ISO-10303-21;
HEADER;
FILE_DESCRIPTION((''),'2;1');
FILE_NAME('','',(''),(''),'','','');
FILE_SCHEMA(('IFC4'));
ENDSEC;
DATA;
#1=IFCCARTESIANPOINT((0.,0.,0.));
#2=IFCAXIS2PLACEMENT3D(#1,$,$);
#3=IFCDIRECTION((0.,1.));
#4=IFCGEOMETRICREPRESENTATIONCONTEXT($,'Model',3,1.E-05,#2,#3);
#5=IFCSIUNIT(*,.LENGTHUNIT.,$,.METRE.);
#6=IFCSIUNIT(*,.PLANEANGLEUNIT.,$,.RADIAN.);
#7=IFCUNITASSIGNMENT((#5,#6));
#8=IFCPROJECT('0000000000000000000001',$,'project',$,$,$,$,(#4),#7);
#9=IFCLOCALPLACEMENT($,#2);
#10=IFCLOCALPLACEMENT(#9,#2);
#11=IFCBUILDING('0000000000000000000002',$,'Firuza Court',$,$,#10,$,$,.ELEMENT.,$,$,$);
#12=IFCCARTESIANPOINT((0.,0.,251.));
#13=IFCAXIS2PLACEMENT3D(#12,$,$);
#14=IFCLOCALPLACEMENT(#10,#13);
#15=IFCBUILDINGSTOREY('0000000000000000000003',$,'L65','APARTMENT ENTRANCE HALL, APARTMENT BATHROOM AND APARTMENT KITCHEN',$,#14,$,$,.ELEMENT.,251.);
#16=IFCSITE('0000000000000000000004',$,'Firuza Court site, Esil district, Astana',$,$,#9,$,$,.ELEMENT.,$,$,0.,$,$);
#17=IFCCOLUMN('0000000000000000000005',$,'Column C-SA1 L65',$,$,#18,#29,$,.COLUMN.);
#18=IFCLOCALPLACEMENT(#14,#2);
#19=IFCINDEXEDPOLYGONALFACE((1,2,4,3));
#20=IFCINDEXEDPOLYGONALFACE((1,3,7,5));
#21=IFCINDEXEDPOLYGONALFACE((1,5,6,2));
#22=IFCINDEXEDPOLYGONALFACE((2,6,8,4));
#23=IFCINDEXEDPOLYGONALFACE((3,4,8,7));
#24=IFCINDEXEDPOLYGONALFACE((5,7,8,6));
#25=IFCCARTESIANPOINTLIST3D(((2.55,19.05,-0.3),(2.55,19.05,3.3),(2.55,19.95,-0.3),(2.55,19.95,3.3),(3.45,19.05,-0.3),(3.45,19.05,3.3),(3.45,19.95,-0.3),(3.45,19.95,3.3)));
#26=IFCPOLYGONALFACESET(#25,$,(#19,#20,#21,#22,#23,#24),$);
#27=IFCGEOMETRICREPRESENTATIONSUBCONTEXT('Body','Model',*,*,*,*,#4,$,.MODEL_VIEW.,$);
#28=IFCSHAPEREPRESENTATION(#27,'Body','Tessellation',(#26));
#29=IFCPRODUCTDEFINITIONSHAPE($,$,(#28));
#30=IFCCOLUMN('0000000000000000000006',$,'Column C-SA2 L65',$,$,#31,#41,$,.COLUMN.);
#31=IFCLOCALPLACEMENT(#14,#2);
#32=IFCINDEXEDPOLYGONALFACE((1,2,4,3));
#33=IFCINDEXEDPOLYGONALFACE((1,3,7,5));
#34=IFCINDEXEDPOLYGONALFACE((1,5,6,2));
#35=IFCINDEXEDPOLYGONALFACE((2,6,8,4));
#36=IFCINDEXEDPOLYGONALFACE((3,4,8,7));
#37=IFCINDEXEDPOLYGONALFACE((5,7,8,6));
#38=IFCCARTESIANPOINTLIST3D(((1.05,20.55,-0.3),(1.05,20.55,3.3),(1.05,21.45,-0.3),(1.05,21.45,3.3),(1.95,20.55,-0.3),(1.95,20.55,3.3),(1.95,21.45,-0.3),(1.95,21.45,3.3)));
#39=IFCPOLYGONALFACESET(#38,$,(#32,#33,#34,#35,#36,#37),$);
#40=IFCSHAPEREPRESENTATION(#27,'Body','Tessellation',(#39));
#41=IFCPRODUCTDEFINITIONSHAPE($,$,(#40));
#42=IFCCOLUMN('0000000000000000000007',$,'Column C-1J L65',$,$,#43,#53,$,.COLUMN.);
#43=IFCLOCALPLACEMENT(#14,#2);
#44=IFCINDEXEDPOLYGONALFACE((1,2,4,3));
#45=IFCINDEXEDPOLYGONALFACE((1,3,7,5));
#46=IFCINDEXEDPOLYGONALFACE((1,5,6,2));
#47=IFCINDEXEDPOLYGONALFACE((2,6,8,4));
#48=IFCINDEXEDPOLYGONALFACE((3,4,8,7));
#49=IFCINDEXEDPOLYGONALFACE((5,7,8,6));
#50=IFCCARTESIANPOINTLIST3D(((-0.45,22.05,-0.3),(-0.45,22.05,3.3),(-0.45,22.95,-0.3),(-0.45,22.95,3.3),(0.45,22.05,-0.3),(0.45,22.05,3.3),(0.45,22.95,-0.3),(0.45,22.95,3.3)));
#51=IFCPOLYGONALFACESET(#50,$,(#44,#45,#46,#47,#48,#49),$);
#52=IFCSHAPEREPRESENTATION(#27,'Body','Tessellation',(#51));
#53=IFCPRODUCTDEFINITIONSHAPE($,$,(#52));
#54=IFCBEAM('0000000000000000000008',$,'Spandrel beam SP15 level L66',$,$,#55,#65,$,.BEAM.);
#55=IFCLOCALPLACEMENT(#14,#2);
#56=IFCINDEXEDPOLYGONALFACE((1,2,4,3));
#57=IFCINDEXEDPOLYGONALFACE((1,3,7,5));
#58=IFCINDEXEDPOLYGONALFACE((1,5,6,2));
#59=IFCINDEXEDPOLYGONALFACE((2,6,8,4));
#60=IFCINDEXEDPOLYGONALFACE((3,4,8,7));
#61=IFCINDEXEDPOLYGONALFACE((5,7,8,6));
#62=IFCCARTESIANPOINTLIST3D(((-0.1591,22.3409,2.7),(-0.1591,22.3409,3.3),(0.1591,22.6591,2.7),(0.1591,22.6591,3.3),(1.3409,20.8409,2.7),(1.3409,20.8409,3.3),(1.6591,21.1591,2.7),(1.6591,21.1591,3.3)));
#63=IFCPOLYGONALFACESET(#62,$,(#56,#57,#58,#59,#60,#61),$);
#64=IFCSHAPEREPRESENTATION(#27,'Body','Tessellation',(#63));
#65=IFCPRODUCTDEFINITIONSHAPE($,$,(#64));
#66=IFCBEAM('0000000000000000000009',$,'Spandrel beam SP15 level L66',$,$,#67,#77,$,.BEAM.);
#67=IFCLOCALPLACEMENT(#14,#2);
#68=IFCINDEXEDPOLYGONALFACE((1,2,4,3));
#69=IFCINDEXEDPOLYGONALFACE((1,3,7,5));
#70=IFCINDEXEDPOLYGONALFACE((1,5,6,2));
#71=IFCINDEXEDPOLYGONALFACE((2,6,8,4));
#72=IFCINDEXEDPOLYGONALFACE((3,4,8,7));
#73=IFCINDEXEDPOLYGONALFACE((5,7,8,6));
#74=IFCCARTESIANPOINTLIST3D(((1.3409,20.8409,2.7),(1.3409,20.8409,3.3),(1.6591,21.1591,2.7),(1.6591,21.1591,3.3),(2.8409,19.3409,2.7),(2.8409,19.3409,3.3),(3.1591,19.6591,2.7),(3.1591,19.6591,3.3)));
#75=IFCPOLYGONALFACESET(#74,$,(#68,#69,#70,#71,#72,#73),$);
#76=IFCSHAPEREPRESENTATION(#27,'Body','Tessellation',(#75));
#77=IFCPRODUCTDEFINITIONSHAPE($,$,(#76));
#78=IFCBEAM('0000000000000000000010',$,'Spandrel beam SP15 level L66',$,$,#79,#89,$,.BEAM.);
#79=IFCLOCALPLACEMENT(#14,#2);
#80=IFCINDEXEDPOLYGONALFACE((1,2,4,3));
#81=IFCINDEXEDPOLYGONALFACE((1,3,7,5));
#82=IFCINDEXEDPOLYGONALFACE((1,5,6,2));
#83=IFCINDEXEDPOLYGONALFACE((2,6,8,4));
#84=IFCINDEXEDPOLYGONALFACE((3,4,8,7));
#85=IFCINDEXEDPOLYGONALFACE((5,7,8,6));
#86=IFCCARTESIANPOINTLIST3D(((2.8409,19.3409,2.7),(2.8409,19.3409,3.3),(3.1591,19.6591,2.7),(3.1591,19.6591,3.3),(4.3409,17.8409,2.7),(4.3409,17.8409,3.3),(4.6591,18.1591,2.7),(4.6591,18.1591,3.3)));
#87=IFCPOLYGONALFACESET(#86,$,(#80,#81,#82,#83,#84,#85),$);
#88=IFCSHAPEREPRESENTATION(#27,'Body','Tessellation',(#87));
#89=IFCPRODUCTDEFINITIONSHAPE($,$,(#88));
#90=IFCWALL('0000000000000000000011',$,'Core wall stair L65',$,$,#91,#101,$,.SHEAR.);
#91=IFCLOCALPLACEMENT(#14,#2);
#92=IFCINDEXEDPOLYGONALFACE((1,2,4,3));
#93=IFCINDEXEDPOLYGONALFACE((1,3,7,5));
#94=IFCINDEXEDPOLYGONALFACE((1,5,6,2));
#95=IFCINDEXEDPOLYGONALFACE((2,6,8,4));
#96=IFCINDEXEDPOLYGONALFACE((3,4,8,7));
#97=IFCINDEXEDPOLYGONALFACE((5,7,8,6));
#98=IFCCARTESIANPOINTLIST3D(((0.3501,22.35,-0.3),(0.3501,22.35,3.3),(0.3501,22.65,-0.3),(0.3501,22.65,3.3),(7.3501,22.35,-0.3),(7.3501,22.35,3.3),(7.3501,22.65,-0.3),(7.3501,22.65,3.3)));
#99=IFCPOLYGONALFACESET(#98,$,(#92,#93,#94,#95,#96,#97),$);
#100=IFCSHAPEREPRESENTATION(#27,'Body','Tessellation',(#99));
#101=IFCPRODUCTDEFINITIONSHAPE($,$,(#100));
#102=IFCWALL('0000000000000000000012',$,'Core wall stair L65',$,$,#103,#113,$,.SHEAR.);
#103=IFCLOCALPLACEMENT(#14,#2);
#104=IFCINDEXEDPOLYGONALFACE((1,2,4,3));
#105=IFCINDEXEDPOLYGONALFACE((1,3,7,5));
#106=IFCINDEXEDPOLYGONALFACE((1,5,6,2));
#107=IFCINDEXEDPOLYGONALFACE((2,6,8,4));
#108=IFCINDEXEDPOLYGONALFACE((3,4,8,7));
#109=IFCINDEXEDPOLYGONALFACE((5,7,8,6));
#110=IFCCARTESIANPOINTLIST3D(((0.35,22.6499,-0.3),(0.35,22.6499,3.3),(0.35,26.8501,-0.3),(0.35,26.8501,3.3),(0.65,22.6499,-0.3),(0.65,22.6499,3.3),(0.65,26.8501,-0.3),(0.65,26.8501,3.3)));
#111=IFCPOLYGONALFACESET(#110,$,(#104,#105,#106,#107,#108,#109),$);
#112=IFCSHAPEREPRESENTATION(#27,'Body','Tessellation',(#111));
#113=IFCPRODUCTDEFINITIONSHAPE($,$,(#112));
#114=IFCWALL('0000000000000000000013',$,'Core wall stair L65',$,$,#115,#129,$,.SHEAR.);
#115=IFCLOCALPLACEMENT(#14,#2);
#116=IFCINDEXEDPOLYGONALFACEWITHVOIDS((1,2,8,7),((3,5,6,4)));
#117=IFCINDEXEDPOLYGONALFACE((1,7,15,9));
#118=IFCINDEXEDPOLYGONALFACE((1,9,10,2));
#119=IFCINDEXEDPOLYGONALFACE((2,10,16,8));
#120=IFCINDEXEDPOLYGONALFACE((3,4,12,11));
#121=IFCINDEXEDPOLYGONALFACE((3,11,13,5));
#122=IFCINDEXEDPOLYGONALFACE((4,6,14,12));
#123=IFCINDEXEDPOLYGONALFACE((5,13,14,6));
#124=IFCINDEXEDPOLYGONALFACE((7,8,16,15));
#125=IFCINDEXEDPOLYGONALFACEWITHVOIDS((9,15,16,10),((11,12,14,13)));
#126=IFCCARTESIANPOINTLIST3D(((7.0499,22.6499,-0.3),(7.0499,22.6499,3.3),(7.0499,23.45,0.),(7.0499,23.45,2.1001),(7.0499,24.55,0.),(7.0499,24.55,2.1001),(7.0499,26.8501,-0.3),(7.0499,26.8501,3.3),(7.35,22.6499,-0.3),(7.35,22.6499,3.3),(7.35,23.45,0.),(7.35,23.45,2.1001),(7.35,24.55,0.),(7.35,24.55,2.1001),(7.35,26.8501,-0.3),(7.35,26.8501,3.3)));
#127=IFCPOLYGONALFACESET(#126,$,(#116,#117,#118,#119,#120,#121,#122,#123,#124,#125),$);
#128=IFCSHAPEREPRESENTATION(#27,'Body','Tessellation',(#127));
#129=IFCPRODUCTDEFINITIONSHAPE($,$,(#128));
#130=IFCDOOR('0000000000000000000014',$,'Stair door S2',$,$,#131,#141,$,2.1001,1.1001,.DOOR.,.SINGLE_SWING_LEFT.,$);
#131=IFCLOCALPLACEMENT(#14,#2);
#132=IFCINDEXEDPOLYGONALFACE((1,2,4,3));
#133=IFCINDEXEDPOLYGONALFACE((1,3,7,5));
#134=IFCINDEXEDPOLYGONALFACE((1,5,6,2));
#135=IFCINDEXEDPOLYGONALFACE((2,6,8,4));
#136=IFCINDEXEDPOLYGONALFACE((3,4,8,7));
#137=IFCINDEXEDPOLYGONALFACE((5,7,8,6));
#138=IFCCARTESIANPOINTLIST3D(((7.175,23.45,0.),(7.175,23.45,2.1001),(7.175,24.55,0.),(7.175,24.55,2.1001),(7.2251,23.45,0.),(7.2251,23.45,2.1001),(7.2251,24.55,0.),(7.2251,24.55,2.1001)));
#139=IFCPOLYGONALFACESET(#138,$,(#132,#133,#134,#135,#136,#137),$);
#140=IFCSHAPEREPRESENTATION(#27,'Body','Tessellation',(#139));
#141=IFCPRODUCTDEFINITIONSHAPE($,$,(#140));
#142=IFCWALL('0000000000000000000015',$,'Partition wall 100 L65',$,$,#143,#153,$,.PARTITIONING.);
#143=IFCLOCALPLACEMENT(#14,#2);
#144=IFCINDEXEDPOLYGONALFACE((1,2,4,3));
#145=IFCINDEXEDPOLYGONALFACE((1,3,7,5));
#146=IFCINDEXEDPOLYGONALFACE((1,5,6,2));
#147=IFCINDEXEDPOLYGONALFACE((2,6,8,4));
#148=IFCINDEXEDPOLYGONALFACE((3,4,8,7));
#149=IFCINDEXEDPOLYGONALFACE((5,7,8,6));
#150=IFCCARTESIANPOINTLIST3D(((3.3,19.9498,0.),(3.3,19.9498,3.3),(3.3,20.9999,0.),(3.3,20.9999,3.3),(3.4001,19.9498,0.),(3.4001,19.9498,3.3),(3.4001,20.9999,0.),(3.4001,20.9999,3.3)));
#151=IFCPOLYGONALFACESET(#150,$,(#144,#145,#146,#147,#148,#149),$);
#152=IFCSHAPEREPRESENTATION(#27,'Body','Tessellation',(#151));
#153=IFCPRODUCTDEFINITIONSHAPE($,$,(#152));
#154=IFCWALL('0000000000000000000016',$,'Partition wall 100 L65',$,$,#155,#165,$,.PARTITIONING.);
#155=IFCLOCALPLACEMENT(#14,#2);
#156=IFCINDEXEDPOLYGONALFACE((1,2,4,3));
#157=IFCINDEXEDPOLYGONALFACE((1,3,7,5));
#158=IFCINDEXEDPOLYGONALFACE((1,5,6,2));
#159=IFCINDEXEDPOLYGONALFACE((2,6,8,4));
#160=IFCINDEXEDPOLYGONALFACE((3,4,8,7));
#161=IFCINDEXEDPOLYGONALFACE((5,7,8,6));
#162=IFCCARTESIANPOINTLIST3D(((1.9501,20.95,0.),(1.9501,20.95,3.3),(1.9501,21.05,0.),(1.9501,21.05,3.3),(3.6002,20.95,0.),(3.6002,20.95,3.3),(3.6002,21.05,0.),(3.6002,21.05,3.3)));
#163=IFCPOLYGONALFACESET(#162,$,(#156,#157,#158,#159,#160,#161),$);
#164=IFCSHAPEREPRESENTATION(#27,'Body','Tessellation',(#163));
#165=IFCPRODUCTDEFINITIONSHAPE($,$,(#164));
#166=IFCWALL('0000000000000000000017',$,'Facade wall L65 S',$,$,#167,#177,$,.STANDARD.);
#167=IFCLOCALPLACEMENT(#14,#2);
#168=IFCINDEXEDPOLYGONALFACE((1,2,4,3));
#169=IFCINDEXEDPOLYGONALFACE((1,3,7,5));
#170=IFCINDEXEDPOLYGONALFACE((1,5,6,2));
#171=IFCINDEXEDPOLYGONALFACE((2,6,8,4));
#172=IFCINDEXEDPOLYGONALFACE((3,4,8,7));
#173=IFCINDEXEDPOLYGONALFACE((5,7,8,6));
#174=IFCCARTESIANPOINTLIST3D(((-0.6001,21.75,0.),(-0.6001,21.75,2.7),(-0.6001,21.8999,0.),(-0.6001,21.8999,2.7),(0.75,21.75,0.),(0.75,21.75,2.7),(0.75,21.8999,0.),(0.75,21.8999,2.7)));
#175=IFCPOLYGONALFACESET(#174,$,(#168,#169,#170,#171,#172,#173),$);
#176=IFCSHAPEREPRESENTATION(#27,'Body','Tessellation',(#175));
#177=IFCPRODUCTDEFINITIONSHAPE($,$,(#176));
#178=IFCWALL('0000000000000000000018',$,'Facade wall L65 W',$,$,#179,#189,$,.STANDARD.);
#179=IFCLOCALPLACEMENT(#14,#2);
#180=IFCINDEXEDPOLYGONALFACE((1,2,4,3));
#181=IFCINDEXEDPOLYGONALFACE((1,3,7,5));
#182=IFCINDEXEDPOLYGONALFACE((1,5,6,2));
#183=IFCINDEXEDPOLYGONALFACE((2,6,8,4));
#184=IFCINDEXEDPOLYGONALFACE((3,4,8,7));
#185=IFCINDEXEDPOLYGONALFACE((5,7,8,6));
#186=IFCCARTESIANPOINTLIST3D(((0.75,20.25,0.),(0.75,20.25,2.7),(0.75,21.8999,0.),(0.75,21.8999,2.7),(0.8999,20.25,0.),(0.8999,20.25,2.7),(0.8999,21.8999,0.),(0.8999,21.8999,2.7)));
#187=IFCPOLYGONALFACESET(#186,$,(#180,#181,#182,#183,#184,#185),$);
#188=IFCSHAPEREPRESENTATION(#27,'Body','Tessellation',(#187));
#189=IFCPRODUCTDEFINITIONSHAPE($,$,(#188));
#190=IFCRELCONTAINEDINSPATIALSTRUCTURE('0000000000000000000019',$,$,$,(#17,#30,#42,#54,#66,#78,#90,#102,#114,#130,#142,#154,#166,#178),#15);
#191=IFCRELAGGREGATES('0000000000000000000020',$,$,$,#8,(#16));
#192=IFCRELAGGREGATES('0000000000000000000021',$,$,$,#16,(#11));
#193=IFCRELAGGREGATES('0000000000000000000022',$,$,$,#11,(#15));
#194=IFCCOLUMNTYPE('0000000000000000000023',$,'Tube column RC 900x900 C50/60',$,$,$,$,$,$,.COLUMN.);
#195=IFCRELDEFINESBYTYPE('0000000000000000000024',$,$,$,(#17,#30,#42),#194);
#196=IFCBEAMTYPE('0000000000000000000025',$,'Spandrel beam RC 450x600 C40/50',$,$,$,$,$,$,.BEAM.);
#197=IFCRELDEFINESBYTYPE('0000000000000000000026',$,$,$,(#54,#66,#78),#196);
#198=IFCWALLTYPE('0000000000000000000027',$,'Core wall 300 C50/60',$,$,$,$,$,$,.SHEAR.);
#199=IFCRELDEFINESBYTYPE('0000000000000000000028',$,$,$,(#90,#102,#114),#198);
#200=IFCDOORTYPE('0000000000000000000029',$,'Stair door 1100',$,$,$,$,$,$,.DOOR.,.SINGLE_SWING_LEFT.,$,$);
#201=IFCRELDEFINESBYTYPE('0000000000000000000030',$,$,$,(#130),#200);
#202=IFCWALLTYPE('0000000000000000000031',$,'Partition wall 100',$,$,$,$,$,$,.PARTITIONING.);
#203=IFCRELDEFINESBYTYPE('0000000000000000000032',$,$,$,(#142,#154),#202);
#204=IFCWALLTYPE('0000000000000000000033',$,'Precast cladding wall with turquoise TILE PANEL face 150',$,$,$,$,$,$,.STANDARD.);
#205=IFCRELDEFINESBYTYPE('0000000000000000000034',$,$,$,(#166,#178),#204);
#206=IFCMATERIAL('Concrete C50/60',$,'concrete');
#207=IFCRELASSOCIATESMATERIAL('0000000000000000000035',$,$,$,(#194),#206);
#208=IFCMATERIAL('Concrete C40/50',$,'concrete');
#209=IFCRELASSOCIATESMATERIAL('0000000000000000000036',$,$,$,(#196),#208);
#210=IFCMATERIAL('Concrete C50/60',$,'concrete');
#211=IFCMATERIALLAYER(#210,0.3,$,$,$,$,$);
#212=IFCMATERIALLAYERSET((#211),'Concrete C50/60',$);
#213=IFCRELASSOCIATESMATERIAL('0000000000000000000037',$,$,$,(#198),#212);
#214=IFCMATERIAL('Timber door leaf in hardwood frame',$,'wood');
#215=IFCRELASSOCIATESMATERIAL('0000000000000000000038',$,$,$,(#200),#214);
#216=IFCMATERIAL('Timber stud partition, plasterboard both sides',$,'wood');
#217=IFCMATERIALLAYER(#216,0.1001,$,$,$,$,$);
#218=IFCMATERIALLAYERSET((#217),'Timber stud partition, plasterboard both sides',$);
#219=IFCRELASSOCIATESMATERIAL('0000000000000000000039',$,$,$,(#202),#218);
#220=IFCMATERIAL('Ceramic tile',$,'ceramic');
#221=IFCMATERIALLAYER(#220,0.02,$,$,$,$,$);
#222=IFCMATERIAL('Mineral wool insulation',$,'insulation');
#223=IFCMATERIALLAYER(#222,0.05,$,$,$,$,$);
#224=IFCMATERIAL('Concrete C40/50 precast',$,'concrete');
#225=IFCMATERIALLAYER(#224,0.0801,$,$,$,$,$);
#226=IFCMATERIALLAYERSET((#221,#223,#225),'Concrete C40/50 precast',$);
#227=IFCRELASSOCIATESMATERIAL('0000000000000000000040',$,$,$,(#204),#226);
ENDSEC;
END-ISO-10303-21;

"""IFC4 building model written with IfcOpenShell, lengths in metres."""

from ifc_helpers import new_model, si_unit, direction, frame, frame_2d, origin, origin_2d, place, context, subcontext, project, spatial, rectangle, extrude, material, layer, layer_set, material_profile, profile_set, type_object, element, fill, save


model = new_model("IFC4")

# Units and contexts
model_context = context("Model", 3, precision=1e-05, world=origin(), true_north=direction((0.0, 1.0)))
body_context = subcontext(model_context, "Body", "Model", "MODEL_VIEW")
ifc_project = project(units=[si_unit("LENGTHUNIT", "METRE"), si_unit("PLANEANGLEUNIT", "RADIAN")], contexts=[model_context])

# Site, building, storey
site_placement = place(None, origin())
site = spatial("IfcSite", under=ifc_project, at=site_placement, Name="Firuza Court site, Esil district, Astana", CompositionType="ELEMENT", RefElevation=0.0)
building_placement = place(site_placement, origin())
building = spatial("IfcBuilding", under=site, at=building_placement, Name="Firuza Court", CompositionType="ELEMENT")
storey_placement = place(building_placement, frame((0.0, 0.0, 251.0)))
storey = spatial("IfcBuildingStorey", under=building, at=storey_placement, Name="L65", Description="APARTMENT ENTRANCE HALL, APARTMENT BATHROOM AND APARTMENT KITCHEN", CompositionType="ELEMENT", Elevation=251.0)

# Columns
ifc_material_1 = material(Name="Concrete C50/60", Category="concrete")
ifc_material_profile_1 = material_profile(ifc_material_1, rectangle(XDim=0.8999, YDim=0.8999, at=origin_2d()), Name="RC 900x900")
ifc_profile_set_1 = profile_set([ifc_material_profile_1], Name="Concrete C50/60")
column_type = type_object("IfcColumnType", Name="Tube column RC 900x900 C50/60", PredefinedType="COLUMN", material=ifc_profile_set_1)
for number, where, z_axis, x_axis, name in (
    (1, (3.0, 19.5, -0.3), (0.0, 0.0, 1.0), (1.0, 0.0, 0.0), "Column C-SA1 L65"),
    (2, (1.5, 21.0, -0.3), (0.0, 0.0, 1.0), (1.0, 0.0, 0.0), "Column C-SA2 L65"),
    (3, (0.0, 22.5, -0.3), (0.0, 0.0, 1.0), (1.0, 0.0, 0.0), "Column C-1J L65"),
):
    element("IfcColumn", number, at=place(storey_placement, frame(where, z_axis=z_axis, x_axis=x_axis)), inside=storey, type_object=column_type, Name=name, PredefinedType="COLUMN", context=body_context, shape_type="SweptSolid", body=[
        extrude(rectangle(XDim=0.8999, YDim=0.8999, at=origin_2d()), origin(), (0.0, 0.0, 1.0), 3.6001),
    ])

# Beams
ifc_material_2 = material(Name="Concrete C40/50", Category="concrete")
ifc_material_profile_2 = material_profile(ifc_material_2, rectangle(XDim=0.45, YDim=0.6001, at=origin_2d()), Name="RC 450x600")
ifc_profile_set_2 = profile_set([ifc_material_profile_2], Name="Concrete C40/50")
beam_type = type_object("IfcBeamType", Name="Spandrel beam RC 450x600 C40/50", PredefinedType="BEAM", material=ifc_profile_set_2)
for number, where, z_axis, x_axis, name in (
    (4, (0.0, 22.5, 3.0), (0.707107, -0.707107, 0.0), (0.707107, 0.707107, 0.0), "Spandrel beam SP15 level L66"),
    (5, (1.5, 21.0, 3.0), (0.707107, -0.707107, 0.0), (0.707107, 0.707107, 0.0), "Spandrel beam SP15 level L66"),
    (6, (3.0, 19.5, 3.0), (0.707107, -0.707107, 0.0), (0.707107, 0.707107, 0.0), "Spandrel beam SP15 level L66"),
):
    element("IfcBeam", number, at=place(storey_placement, frame(where, z_axis=z_axis, x_axis=x_axis)), inside=storey, type_object=beam_type, Name=name, PredefinedType="BEAM", context=body_context, shape_type="SweptSolid", body=[
        extrude(rectangle(XDim=0.45, YDim=0.6001, at=origin_2d()), origin(), (0.0, 0.0, 1.0), 2.1213),
    ])

# Walls
ifc_material_3 = material(Name="Concrete C50/60", Category="concrete")
ifc_layer_1 = layer(ifc_material_3, 0.3)
ifc_layer_set_1 = layer_set([ifc_layer_1], Name="Concrete C50/60")
wall_type_1 = type_object("IfcWallType", Name="Core wall 300 C50/60", PredefinedType="SHEAR", material=ifc_layer_set_1)
wall_1_placement = place(storey_placement, frame((0.3501, 22.5, -0.3), z_axis=(0.0, 0.0, 1.0), x_axis=(1.0, 0.0, 0.0)))
element("IfcWall", 7, at=wall_1_placement, inside=storey, type_object=wall_type_1, Name="Core wall stair L65", PredefinedType="SHEAR", context=body_context, shape_type="SweptSolid", body=[
    extrude(rectangle(XDim=7.0, YDim=0.3, at=frame_2d((3.5, 0.0))), origin(), (0.0, 0.0, 1.0), 3.6001),
])
wall_2_placement = place(storey_placement, frame((0.5, 22.6499, -0.3), z_axis=(0.0, 0.0, 1.0), x_axis=(0.0, 1.0, 0.0)))
element("IfcWall", 8, at=wall_2_placement, inside=storey, type_object=wall_type_1, Name="Core wall stair L65", PredefinedType="SHEAR", context=body_context, shape_type="SweptSolid", body=[
    extrude(rectangle(XDim=4.2002, YDim=0.3, at=frame_2d((2.1001, 0.0))), origin(), (0.0, 0.0, 1.0), 3.6001),
])

# Wall, opening, door
wall_3_placement = place(storey_placement, frame((7.2, 22.6499, -0.3), z_axis=(0.0, 0.0, 1.0), x_axis=(0.0, 1.0, 0.0)))
wall_3 = element("IfcWall", 9, at=wall_3_placement, inside=storey, type_object=wall_type_1, Name="Core wall stair L65", PredefinedType="SHEAR", context=body_context, shape_type="SweptSolid", body=[
    extrude(rectangle(XDim=4.2002, YDim=0.3, at=frame_2d((2.1001, 0.0))), origin(), (0.0, 0.0, 1.0), 3.6001),
])
opening_placement = place(wall_3_placement, frame((0.8, 0.0, 0.3)))
opening = element("IfcOpeningElement", 10, at=opening_placement, cuts=wall_3, PredefinedType="OPENING", context=body_context, shape_type="SweptSolid", body=[
    extrude(rectangle(XDim=1.1001, YDim=2.1001, at=frame_2d((0.55, 1.05))), frame((0.0, 0.1621, 0.0), z_axis=(0.0, -1.0, 0.0), x_axis=(1.0, 0.0, 0.0)), (0.0, 0.0, 1.0), 0.324),
])
ifc_material_4 = material(Name="Timber door leaf in hardwood frame", Category="wood")
door_type = type_object("IfcDoorType", Name="Stair door 1100", OperationType="SINGLE_SWING_LEFT", PredefinedType="DOOR", material=ifc_material_4)
door_placement = place(opening_placement, origin())
door = element("IfcDoor", 11, at=door_placement, inside=storey, type_object=door_type, Name="Stair door S2", OperationType="SINGLE_SWING_LEFT", OverallHeight=2.1001, OverallWidth=1.1001, PredefinedType="DOOR", context=body_context, shape_type="SweptSolid", body=[
    extrude(rectangle(XDim=1.1001, YDim=2.1001, at=frame_2d((0.55, 1.05))), frame((0.0, 0.0249, 0.0), z_axis=(0.0, -1.0, 0.0), x_axis=(1.0, 0.0, 0.0)), (0.0, 0.0, 1.0), 0.05),
])
fill(opening, door)

# Walls
ifc_material_5 = material(Name="Timber stud partition, plasterboard both sides", Category="wood")
ifc_layer_2 = layer(ifc_material_5, 0.1001)
ifc_layer_set_2 = layer_set([ifc_layer_2], Name="Timber stud partition, plasterboard both sides")
wall_type_2 = type_object("IfcWallType", Name="Partition wall 100", PredefinedType="PARTITIONING", material=ifc_layer_set_2)
wall_4_placement = place(storey_placement, frame((3.3501, 19.95, 0.0), z_axis=(0.0, 0.0, 1.0), x_axis=(0.0, 1.0, 0.0)))
element("IfcWall", 12, at=wall_4_placement, inside=storey, type_object=wall_type_2, Name="Partition wall 100 L65", PredefinedType="PARTITIONING", context=body_context, shape_type="SweptSolid", body=[
    extrude(rectangle(XDim=1.05, YDim=0.1001, at=frame_2d((0.5249, 0.0))), origin(), (0.0, 0.0, 1.0), 3.3),
])
wall_5_placement = place(storey_placement, frame((1.95, 21.0, 0.0), z_axis=(0.0, 0.0, 1.0), x_axis=(1.0, 0.0, 0.0)))
element("IfcWall", 13, at=wall_5_placement, inside=storey, type_object=wall_type_2, Name="Partition wall 100 L65", PredefinedType="PARTITIONING", context=body_context, shape_type="SweptSolid", body=[
    extrude(rectangle(XDim=1.6501, YDim=0.1001, at=frame_2d((0.8252, 0.0))), origin(), (0.0, 0.0, 1.0), 3.3),
])
ifc_material_6 = material(Name="Ceramic tile", Category="ceramic")
ifc_layer_3 = layer(ifc_material_6, 0.02)
ifc_material_7 = material(Name="Mineral wool insulation", Category="insulation")
ifc_layer_4 = layer(ifc_material_7, 0.05)
ifc_material_8 = material(Name="Concrete C40/50 precast", Category="concrete")
ifc_layer_5 = layer(ifc_material_8, 0.0801)
ifc_layer_set_3 = layer_set([ifc_layer_3, ifc_layer_4, ifc_layer_5], Name="Concrete C40/50 precast")
wall_type_3 = type_object("IfcWallType", Name="Precast cladding wall with turquoise TILE PANEL face 150", PredefinedType="STANDARD", material=ifc_layer_set_3)
wall_6_placement = place(storey_placement, frame((-0.6001, 21.825, 0.0), z_axis=(0.0, 0.0, 1.0), x_axis=(1.0, 0.0, 0.0)))
element("IfcWall", 14, at=wall_6_placement, inside=storey, type_object=wall_type_3, Name="Facade wall L65 S", PredefinedType="STANDARD", context=body_context, shape_type="SweptSolid", body=[
    extrude(rectangle(XDim=1.3501, YDim=0.1499, at=frame_2d((0.675, 0.0))), origin(), (0.0, 0.0, 1.0), 2.7),
])
wall_7_placement = place(storey_placement, frame((0.825, 21.8999, 0.0), z_axis=(0.0, 0.0, 1.0), x_axis=(0.0, -1.0, 0.0)))
element("IfcWall", 15, at=wall_7_placement, inside=storey, type_object=wall_type_3, Name="Facade wall L65 W", PredefinedType="STANDARD", context=body_context, shape_type="SweptSolid", body=[
    extrude(rectangle(XDim=1.6499, YDim=0.1499, at=frame_2d((0.825, 0.0))), origin(), (0.0, 0.0, 1.0), 2.7),
])

save(model, "model.ifc")
